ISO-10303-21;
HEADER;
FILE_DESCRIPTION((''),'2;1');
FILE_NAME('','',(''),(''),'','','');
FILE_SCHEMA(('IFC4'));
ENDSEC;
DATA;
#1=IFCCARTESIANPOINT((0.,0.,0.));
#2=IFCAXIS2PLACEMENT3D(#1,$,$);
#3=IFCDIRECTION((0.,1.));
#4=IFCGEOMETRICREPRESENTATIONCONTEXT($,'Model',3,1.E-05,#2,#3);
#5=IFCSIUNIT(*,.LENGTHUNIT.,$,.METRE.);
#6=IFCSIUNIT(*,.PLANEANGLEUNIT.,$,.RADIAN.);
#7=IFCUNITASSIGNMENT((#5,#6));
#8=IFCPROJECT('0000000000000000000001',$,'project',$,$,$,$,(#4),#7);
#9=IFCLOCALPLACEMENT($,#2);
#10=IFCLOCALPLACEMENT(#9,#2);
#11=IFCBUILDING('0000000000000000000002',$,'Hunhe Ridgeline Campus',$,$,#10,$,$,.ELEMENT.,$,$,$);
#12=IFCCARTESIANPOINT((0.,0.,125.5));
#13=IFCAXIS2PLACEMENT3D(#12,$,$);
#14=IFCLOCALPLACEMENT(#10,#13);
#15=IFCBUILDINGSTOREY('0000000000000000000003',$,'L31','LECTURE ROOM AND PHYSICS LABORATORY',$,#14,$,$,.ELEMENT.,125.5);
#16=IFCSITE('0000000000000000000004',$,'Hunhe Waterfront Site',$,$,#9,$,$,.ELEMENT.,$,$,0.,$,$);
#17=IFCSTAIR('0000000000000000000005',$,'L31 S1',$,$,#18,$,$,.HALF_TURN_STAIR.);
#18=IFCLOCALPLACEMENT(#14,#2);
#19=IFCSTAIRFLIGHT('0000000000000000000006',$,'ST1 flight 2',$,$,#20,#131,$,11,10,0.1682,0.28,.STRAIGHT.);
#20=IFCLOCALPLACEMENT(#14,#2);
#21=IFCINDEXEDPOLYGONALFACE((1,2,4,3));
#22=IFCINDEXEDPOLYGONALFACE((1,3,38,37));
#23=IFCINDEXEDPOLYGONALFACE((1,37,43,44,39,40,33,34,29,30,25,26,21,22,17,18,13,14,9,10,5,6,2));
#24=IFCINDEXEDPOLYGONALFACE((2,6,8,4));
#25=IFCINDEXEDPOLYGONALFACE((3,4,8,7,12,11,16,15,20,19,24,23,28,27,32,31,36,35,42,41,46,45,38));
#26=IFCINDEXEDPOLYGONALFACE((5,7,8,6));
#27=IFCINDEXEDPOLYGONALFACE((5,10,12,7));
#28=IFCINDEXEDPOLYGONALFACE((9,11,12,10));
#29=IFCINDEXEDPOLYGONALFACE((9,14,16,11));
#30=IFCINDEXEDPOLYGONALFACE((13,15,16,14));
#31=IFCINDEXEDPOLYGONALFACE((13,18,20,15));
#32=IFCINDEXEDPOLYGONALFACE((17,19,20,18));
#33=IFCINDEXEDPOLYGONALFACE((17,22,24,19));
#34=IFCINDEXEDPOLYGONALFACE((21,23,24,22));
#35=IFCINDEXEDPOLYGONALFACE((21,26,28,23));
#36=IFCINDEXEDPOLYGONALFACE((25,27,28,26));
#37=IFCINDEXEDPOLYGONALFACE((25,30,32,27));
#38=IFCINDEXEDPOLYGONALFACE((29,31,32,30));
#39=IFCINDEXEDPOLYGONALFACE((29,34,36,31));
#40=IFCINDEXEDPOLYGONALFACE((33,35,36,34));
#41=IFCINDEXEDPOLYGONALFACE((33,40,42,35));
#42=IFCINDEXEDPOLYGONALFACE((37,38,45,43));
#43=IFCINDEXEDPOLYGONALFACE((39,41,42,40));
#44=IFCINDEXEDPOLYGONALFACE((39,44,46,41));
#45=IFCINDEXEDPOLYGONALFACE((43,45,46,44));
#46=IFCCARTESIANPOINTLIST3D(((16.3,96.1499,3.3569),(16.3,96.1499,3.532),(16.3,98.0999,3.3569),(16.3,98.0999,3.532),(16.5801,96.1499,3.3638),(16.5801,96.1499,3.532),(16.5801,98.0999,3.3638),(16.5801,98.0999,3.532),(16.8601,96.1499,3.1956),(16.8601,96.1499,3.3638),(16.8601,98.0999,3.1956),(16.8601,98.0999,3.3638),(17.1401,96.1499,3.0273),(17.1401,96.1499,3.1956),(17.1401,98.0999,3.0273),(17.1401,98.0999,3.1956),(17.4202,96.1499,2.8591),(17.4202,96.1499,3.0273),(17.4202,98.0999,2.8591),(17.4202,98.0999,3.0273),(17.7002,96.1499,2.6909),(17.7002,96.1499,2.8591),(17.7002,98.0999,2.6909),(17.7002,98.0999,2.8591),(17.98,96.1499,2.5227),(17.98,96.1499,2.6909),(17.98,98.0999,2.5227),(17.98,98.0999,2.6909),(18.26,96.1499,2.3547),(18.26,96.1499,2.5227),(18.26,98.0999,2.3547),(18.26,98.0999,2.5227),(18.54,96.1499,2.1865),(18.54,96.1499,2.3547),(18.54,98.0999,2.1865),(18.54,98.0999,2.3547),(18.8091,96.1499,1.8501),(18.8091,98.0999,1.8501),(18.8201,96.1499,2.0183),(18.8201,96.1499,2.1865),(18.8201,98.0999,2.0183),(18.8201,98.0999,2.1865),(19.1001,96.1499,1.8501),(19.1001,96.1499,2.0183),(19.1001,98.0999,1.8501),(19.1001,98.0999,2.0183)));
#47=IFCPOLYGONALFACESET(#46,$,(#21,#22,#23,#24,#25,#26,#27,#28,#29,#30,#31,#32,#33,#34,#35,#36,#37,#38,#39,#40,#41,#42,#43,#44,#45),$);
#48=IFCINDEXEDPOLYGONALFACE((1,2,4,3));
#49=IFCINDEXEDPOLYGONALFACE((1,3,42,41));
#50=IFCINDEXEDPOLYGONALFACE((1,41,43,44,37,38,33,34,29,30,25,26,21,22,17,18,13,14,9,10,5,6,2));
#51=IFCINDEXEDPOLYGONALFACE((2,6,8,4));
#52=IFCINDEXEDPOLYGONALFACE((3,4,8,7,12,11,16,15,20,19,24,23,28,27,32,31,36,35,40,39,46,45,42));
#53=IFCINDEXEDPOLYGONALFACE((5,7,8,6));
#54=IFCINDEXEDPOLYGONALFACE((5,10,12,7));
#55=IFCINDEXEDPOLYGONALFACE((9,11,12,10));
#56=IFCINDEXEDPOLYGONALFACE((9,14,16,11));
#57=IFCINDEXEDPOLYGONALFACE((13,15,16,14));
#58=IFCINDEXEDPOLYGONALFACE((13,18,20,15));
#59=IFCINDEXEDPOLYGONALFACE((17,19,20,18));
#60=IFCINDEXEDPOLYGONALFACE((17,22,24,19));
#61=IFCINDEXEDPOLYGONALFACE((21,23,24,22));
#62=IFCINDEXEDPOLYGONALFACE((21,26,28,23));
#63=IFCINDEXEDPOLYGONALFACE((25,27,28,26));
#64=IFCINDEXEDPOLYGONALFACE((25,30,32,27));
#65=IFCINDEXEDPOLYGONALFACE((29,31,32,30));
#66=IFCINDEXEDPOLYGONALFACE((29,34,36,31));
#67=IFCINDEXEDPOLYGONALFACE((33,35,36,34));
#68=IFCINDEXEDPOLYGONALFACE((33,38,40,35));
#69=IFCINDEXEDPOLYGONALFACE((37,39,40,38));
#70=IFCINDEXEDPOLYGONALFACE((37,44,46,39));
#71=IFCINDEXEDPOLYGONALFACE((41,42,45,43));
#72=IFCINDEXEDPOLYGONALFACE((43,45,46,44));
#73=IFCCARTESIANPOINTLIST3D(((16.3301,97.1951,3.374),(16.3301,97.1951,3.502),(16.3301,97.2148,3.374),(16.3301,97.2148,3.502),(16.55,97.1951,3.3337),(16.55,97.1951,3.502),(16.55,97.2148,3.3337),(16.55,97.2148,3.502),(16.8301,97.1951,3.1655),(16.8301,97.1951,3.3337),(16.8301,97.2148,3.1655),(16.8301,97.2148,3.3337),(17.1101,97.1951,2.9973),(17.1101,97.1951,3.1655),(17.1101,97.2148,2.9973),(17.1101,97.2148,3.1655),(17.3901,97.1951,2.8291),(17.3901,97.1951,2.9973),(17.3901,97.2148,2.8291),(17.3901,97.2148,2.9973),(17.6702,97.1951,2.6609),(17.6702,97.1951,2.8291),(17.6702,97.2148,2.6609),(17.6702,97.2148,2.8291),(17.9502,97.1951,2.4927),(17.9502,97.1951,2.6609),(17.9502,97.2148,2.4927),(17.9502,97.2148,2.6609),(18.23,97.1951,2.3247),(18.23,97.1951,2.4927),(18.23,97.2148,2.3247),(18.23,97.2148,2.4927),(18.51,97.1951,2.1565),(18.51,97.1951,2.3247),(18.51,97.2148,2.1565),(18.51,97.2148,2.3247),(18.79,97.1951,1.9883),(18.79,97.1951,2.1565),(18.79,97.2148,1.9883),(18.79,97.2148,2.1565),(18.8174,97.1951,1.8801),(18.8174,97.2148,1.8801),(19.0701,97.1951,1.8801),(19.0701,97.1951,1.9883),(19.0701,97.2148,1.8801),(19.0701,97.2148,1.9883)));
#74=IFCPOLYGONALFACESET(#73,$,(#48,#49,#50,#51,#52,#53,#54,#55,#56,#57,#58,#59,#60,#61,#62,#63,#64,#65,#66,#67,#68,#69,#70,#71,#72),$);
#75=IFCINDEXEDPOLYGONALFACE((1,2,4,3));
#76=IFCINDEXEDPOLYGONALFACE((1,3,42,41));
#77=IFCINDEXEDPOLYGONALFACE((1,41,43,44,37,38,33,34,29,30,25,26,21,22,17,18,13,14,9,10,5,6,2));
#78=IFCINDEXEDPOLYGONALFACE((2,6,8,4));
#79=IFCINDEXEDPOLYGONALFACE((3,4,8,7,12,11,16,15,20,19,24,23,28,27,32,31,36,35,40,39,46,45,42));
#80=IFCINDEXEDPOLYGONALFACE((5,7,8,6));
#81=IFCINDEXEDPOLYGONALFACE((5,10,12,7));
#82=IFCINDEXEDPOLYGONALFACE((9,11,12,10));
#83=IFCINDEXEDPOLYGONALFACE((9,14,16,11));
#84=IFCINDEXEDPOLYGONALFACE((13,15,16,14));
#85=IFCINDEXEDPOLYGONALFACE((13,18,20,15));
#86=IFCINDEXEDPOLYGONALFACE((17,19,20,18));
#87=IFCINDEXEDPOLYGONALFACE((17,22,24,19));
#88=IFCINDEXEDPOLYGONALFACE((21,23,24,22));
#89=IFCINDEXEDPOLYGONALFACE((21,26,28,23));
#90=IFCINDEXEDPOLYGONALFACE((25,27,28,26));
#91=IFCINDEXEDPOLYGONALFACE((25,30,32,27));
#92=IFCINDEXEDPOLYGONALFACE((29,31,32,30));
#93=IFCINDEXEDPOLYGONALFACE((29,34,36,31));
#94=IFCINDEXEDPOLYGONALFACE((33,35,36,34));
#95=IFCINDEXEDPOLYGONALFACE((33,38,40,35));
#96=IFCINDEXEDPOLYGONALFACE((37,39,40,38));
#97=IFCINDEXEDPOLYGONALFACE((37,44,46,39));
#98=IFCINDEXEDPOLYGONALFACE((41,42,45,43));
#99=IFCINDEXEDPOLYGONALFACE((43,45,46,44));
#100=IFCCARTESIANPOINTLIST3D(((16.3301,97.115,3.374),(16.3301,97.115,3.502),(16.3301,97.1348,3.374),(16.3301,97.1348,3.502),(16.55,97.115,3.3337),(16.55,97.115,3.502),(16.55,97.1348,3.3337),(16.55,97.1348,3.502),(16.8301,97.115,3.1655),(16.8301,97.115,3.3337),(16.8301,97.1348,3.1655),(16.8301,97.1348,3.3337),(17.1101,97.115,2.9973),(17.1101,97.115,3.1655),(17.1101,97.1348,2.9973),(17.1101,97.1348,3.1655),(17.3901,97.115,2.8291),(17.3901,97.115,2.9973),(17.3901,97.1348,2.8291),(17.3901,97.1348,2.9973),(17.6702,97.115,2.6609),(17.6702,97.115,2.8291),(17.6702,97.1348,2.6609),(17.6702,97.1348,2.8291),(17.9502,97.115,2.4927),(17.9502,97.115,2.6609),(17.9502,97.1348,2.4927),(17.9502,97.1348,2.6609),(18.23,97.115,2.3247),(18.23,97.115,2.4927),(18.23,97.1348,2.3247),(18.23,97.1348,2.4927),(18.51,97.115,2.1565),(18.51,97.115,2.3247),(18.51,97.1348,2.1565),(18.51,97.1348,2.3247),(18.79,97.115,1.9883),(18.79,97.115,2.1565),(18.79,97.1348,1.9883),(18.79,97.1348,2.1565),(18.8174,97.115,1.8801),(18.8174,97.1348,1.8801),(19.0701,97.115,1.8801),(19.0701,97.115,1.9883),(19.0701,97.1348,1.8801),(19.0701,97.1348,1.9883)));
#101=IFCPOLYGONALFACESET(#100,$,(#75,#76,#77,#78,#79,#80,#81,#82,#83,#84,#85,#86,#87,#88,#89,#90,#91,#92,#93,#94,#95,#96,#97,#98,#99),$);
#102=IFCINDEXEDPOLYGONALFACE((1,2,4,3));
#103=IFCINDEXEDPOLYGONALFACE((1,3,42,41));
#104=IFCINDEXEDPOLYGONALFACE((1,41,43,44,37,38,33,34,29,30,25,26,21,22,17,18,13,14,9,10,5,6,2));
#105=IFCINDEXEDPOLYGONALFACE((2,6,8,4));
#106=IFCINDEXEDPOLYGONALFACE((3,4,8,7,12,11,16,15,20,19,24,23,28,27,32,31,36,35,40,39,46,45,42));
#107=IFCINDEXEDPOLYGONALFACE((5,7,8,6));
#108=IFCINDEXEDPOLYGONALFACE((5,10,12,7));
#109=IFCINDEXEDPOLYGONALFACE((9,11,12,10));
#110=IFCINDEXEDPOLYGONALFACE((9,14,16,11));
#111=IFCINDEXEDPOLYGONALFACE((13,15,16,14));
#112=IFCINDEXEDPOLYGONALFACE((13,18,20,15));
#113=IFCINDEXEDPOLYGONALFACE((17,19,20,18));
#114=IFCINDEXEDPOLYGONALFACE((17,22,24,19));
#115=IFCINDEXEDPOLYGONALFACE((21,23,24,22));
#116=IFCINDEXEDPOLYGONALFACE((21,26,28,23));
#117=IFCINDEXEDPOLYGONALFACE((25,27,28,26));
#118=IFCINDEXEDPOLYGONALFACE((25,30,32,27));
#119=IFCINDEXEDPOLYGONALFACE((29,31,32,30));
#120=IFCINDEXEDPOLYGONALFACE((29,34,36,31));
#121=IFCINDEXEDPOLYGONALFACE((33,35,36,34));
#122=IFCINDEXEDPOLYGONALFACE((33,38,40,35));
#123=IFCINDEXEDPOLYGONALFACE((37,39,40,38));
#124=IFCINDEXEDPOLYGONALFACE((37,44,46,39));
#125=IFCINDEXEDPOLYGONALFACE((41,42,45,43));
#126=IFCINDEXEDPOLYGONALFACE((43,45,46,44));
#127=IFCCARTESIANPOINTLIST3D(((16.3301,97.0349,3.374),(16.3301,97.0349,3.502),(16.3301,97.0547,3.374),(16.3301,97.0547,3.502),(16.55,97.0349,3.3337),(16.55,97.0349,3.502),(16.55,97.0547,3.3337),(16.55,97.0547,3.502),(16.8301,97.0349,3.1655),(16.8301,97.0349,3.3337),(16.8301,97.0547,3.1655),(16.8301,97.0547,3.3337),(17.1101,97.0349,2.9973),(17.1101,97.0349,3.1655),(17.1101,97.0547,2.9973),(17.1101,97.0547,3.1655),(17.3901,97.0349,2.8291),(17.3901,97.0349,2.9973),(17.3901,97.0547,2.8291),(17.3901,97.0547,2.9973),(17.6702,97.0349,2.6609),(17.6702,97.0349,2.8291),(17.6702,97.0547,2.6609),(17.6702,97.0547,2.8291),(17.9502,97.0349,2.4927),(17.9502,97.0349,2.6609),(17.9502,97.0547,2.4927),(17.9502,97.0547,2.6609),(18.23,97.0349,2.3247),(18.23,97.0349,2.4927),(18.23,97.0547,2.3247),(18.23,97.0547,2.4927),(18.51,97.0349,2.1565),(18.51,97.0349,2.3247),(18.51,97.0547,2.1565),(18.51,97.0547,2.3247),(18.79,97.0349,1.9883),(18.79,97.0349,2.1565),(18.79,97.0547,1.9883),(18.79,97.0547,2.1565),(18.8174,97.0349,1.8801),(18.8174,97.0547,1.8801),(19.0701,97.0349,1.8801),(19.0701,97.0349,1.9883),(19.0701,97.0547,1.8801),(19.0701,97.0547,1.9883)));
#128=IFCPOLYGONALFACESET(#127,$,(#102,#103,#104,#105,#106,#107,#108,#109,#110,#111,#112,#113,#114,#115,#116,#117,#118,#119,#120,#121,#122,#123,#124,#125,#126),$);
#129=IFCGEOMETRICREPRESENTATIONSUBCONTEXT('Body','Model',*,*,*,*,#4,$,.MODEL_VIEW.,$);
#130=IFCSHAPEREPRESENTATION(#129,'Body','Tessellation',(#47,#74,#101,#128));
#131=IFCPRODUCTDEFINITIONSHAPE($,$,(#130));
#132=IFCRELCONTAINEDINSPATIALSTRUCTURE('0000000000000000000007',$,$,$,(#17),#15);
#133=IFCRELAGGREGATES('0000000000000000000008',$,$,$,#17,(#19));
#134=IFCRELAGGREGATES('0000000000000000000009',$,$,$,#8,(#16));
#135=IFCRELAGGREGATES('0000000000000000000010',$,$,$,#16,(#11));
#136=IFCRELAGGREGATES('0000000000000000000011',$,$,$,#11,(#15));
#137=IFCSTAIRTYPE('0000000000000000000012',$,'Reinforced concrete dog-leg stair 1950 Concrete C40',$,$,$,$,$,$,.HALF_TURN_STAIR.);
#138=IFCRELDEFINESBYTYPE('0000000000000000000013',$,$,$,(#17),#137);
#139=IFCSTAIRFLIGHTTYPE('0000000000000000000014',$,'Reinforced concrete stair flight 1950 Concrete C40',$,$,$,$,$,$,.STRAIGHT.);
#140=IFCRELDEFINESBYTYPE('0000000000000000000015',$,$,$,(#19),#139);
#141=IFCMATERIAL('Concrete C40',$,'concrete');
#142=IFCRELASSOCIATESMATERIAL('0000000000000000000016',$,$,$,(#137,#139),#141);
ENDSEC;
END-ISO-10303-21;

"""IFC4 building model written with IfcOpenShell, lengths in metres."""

from ifc_helpers import new_model, si_unit, direction, frame, origin, place, context, subcontext, project, spatial, polyline, outline, extrude, material, type_object, element, aggregate, save


model = new_model("IFC4")

# Units and contexts
model_context = context("Model", 3, precision=1e-05, world=origin(), true_north=direction((0.0, 1.0)))
body_context = subcontext(model_context, "Body", "Model", "MODEL_VIEW")
ifc_project = project(units=[si_unit("LENGTHUNIT", "METRE"), si_unit("PLANEANGLEUNIT", "RADIAN")], contexts=[model_context])

# Site, building, storey
site_placement = place(None, origin())
site = spatial("IfcSite", under=ifc_project, at=site_placement, Name="Hunhe Waterfront Site", CompositionType="ELEMENT", RefElevation=0.0)
building_placement = place(site_placement, origin())
building = spatial("IfcBuilding", under=site, at=building_placement, Name="Hunhe Ridgeline Campus", CompositionType="ELEMENT")
storey_placement = place(building_placement, frame((0.0, 0.0, 125.5)))
storey = spatial("IfcBuildingStorey", under=building, at=storey_placement, Name="L31", Description="LECTURE ROOM AND PHYSICS LABORATORY", CompositionType="ELEMENT", Elevation=125.5)

# Stair, stair flight
ifc_material_1 = material(Name="Concrete C40", Category="concrete")
stair_type = type_object("IfcStairType", Name="Reinforced concrete dog-leg stair 1950 Concrete C40", PredefinedType="HALF_TURN_STAIR", material=ifc_material_1)
stair_placement = place(storey_placement, origin())
stair = element("IfcStair", 1, at=stair_placement, inside=storey, type_object=stair_type, Name="L31 S1", PredefinedType="HALF_TURN_STAIR")
stair_flight_type = type_object("IfcStairFlightType", Name="Reinforced concrete stair flight 1950 Concrete C40", PredefinedType="STRAIGHT", material=ifc_material_1)
stair_flight_1_placement = place(storey_placement, frame((19.1001, 97.125, 1.8501), z_axis=(0.0, 0.0, 1.0), x_axis=(-1.0, 0.0, 0.0)))
stair_flight_1 = element("IfcStairFlight", 2, at=stair_flight_1_placement, type_object=stair_flight_type, Name="ST1 flight 2", NumberOfRisers=11, NumberOfTreads=10, PredefinedType="STRAIGHT", RiserHeight=0.1682, TreadLength=0.28, context=body_context, shape_type="SweptSolid", body=[
    extrude(outline(polyline([(0.0, 0.0), (0.0, 0.1682), (0.28, 0.1682), (0.28, 0.3364), (0.5601, 0.3364), (0.5601, 0.5046), (0.8401, 0.5046), (0.8401, 0.6726), (1.1201, 0.6726), (1.1201, 0.8408), (1.3999, 0.8408), (1.3999, 1.009), (1.6799, 1.009), (1.6799, 1.1772), (1.96, 1.1772), (1.96, 1.3455), (2.24, 1.3455), (2.24, 1.5137), (2.52, 1.5137), (2.52, 1.6819), (2.8, 1.6819), (2.8, 1.8501), (2.8, 1.5068), (0.291, 0.0), (0.0, 0.0)])), frame((0.0, 0.9751, 0.0), z_axis=(0.0, -1.0, 0.0), x_axis=(1.0, 0.0, 0.0)), (0.0, 0.0, 1.0), 1.95),
    extrude(outline(polyline([(0.03, 0.03), (0.03, 0.1382), (0.3101, 0.1382), (0.3101, 0.3064), (0.5901, 0.3064), (0.5901, 0.4746), (0.8701, 0.4746), (0.8701, 0.6426), (1.1499, 0.6426), (1.1499, 0.8108), (1.4299, 0.8108), (1.4299, 0.979), (1.71, 0.979), (1.71, 1.1472), (1.99, 1.1472), (1.99, 1.3154), (2.27, 1.3154), (2.27, 1.4836), (2.55, 1.4836), (2.55, 1.6519), (2.77, 1.6519), (2.77, 1.5239), (0.2827, 0.03), (0.03, 0.03)])), frame((0.0, -0.0701, 0.0), z_axis=(0.0, -1.0, 0.0), x_axis=(1.0, 0.0, 0.0)), (0.0, 0.0, 1.0), 0.0198),
    extrude(outline(polyline([(0.03, 0.03), (0.03, 0.1382), (0.3101, 0.1382), (0.3101, 0.3064), (0.5901, 0.3064), (0.5901, 0.4746), (0.8701, 0.4746), (0.8701, 0.6426), (1.1499, 0.6426), (1.1499, 0.8108), (1.4299, 0.8108), (1.4299, 0.979), (1.71, 0.979), (1.71, 1.1472), (1.99, 1.1472), (1.99, 1.3154), (2.27, 1.3154), (2.27, 1.4836), (2.55, 1.4836), (2.55, 1.6519), (2.77, 1.6519), (2.77, 1.5239), (0.2827, 0.03), (0.03, 0.03)])), frame((0.0, 0.01, 0.0), z_axis=(0.0, -1.0, 0.0), x_axis=(1.0, 0.0, 0.0)), (0.0, 0.0, 1.0), 0.0198),
    extrude(outline(polyline([(0.03, 0.03), (0.03, 0.1382), (0.3101, 0.1382), (0.3101, 0.3064), (0.5901, 0.3064), (0.5901, 0.4746), (0.8701, 0.4746), (0.8701, 0.6426), (1.1499, 0.6426), (1.1499, 0.8108), (1.4299, 0.8108), (1.4299, 0.979), (1.71, 0.979), (1.71, 1.1472), (1.99, 1.1472), (1.99, 1.3154), (2.27, 1.3154), (2.27, 1.4836), (2.55, 1.4836), (2.55, 1.6519), (2.77, 1.6519), (2.77, 1.5239), (0.2827, 0.03), (0.03, 0.03)])), frame((0.0, 0.0901, 0.0), z_axis=(0.0, -1.0, 0.0), x_axis=(1.0, 0.0, 0.0)), (0.0, 0.0, 1.0), 0.0198),
])
aggregate(stair, [stair_flight_1])

save(model, "model.ifc")
